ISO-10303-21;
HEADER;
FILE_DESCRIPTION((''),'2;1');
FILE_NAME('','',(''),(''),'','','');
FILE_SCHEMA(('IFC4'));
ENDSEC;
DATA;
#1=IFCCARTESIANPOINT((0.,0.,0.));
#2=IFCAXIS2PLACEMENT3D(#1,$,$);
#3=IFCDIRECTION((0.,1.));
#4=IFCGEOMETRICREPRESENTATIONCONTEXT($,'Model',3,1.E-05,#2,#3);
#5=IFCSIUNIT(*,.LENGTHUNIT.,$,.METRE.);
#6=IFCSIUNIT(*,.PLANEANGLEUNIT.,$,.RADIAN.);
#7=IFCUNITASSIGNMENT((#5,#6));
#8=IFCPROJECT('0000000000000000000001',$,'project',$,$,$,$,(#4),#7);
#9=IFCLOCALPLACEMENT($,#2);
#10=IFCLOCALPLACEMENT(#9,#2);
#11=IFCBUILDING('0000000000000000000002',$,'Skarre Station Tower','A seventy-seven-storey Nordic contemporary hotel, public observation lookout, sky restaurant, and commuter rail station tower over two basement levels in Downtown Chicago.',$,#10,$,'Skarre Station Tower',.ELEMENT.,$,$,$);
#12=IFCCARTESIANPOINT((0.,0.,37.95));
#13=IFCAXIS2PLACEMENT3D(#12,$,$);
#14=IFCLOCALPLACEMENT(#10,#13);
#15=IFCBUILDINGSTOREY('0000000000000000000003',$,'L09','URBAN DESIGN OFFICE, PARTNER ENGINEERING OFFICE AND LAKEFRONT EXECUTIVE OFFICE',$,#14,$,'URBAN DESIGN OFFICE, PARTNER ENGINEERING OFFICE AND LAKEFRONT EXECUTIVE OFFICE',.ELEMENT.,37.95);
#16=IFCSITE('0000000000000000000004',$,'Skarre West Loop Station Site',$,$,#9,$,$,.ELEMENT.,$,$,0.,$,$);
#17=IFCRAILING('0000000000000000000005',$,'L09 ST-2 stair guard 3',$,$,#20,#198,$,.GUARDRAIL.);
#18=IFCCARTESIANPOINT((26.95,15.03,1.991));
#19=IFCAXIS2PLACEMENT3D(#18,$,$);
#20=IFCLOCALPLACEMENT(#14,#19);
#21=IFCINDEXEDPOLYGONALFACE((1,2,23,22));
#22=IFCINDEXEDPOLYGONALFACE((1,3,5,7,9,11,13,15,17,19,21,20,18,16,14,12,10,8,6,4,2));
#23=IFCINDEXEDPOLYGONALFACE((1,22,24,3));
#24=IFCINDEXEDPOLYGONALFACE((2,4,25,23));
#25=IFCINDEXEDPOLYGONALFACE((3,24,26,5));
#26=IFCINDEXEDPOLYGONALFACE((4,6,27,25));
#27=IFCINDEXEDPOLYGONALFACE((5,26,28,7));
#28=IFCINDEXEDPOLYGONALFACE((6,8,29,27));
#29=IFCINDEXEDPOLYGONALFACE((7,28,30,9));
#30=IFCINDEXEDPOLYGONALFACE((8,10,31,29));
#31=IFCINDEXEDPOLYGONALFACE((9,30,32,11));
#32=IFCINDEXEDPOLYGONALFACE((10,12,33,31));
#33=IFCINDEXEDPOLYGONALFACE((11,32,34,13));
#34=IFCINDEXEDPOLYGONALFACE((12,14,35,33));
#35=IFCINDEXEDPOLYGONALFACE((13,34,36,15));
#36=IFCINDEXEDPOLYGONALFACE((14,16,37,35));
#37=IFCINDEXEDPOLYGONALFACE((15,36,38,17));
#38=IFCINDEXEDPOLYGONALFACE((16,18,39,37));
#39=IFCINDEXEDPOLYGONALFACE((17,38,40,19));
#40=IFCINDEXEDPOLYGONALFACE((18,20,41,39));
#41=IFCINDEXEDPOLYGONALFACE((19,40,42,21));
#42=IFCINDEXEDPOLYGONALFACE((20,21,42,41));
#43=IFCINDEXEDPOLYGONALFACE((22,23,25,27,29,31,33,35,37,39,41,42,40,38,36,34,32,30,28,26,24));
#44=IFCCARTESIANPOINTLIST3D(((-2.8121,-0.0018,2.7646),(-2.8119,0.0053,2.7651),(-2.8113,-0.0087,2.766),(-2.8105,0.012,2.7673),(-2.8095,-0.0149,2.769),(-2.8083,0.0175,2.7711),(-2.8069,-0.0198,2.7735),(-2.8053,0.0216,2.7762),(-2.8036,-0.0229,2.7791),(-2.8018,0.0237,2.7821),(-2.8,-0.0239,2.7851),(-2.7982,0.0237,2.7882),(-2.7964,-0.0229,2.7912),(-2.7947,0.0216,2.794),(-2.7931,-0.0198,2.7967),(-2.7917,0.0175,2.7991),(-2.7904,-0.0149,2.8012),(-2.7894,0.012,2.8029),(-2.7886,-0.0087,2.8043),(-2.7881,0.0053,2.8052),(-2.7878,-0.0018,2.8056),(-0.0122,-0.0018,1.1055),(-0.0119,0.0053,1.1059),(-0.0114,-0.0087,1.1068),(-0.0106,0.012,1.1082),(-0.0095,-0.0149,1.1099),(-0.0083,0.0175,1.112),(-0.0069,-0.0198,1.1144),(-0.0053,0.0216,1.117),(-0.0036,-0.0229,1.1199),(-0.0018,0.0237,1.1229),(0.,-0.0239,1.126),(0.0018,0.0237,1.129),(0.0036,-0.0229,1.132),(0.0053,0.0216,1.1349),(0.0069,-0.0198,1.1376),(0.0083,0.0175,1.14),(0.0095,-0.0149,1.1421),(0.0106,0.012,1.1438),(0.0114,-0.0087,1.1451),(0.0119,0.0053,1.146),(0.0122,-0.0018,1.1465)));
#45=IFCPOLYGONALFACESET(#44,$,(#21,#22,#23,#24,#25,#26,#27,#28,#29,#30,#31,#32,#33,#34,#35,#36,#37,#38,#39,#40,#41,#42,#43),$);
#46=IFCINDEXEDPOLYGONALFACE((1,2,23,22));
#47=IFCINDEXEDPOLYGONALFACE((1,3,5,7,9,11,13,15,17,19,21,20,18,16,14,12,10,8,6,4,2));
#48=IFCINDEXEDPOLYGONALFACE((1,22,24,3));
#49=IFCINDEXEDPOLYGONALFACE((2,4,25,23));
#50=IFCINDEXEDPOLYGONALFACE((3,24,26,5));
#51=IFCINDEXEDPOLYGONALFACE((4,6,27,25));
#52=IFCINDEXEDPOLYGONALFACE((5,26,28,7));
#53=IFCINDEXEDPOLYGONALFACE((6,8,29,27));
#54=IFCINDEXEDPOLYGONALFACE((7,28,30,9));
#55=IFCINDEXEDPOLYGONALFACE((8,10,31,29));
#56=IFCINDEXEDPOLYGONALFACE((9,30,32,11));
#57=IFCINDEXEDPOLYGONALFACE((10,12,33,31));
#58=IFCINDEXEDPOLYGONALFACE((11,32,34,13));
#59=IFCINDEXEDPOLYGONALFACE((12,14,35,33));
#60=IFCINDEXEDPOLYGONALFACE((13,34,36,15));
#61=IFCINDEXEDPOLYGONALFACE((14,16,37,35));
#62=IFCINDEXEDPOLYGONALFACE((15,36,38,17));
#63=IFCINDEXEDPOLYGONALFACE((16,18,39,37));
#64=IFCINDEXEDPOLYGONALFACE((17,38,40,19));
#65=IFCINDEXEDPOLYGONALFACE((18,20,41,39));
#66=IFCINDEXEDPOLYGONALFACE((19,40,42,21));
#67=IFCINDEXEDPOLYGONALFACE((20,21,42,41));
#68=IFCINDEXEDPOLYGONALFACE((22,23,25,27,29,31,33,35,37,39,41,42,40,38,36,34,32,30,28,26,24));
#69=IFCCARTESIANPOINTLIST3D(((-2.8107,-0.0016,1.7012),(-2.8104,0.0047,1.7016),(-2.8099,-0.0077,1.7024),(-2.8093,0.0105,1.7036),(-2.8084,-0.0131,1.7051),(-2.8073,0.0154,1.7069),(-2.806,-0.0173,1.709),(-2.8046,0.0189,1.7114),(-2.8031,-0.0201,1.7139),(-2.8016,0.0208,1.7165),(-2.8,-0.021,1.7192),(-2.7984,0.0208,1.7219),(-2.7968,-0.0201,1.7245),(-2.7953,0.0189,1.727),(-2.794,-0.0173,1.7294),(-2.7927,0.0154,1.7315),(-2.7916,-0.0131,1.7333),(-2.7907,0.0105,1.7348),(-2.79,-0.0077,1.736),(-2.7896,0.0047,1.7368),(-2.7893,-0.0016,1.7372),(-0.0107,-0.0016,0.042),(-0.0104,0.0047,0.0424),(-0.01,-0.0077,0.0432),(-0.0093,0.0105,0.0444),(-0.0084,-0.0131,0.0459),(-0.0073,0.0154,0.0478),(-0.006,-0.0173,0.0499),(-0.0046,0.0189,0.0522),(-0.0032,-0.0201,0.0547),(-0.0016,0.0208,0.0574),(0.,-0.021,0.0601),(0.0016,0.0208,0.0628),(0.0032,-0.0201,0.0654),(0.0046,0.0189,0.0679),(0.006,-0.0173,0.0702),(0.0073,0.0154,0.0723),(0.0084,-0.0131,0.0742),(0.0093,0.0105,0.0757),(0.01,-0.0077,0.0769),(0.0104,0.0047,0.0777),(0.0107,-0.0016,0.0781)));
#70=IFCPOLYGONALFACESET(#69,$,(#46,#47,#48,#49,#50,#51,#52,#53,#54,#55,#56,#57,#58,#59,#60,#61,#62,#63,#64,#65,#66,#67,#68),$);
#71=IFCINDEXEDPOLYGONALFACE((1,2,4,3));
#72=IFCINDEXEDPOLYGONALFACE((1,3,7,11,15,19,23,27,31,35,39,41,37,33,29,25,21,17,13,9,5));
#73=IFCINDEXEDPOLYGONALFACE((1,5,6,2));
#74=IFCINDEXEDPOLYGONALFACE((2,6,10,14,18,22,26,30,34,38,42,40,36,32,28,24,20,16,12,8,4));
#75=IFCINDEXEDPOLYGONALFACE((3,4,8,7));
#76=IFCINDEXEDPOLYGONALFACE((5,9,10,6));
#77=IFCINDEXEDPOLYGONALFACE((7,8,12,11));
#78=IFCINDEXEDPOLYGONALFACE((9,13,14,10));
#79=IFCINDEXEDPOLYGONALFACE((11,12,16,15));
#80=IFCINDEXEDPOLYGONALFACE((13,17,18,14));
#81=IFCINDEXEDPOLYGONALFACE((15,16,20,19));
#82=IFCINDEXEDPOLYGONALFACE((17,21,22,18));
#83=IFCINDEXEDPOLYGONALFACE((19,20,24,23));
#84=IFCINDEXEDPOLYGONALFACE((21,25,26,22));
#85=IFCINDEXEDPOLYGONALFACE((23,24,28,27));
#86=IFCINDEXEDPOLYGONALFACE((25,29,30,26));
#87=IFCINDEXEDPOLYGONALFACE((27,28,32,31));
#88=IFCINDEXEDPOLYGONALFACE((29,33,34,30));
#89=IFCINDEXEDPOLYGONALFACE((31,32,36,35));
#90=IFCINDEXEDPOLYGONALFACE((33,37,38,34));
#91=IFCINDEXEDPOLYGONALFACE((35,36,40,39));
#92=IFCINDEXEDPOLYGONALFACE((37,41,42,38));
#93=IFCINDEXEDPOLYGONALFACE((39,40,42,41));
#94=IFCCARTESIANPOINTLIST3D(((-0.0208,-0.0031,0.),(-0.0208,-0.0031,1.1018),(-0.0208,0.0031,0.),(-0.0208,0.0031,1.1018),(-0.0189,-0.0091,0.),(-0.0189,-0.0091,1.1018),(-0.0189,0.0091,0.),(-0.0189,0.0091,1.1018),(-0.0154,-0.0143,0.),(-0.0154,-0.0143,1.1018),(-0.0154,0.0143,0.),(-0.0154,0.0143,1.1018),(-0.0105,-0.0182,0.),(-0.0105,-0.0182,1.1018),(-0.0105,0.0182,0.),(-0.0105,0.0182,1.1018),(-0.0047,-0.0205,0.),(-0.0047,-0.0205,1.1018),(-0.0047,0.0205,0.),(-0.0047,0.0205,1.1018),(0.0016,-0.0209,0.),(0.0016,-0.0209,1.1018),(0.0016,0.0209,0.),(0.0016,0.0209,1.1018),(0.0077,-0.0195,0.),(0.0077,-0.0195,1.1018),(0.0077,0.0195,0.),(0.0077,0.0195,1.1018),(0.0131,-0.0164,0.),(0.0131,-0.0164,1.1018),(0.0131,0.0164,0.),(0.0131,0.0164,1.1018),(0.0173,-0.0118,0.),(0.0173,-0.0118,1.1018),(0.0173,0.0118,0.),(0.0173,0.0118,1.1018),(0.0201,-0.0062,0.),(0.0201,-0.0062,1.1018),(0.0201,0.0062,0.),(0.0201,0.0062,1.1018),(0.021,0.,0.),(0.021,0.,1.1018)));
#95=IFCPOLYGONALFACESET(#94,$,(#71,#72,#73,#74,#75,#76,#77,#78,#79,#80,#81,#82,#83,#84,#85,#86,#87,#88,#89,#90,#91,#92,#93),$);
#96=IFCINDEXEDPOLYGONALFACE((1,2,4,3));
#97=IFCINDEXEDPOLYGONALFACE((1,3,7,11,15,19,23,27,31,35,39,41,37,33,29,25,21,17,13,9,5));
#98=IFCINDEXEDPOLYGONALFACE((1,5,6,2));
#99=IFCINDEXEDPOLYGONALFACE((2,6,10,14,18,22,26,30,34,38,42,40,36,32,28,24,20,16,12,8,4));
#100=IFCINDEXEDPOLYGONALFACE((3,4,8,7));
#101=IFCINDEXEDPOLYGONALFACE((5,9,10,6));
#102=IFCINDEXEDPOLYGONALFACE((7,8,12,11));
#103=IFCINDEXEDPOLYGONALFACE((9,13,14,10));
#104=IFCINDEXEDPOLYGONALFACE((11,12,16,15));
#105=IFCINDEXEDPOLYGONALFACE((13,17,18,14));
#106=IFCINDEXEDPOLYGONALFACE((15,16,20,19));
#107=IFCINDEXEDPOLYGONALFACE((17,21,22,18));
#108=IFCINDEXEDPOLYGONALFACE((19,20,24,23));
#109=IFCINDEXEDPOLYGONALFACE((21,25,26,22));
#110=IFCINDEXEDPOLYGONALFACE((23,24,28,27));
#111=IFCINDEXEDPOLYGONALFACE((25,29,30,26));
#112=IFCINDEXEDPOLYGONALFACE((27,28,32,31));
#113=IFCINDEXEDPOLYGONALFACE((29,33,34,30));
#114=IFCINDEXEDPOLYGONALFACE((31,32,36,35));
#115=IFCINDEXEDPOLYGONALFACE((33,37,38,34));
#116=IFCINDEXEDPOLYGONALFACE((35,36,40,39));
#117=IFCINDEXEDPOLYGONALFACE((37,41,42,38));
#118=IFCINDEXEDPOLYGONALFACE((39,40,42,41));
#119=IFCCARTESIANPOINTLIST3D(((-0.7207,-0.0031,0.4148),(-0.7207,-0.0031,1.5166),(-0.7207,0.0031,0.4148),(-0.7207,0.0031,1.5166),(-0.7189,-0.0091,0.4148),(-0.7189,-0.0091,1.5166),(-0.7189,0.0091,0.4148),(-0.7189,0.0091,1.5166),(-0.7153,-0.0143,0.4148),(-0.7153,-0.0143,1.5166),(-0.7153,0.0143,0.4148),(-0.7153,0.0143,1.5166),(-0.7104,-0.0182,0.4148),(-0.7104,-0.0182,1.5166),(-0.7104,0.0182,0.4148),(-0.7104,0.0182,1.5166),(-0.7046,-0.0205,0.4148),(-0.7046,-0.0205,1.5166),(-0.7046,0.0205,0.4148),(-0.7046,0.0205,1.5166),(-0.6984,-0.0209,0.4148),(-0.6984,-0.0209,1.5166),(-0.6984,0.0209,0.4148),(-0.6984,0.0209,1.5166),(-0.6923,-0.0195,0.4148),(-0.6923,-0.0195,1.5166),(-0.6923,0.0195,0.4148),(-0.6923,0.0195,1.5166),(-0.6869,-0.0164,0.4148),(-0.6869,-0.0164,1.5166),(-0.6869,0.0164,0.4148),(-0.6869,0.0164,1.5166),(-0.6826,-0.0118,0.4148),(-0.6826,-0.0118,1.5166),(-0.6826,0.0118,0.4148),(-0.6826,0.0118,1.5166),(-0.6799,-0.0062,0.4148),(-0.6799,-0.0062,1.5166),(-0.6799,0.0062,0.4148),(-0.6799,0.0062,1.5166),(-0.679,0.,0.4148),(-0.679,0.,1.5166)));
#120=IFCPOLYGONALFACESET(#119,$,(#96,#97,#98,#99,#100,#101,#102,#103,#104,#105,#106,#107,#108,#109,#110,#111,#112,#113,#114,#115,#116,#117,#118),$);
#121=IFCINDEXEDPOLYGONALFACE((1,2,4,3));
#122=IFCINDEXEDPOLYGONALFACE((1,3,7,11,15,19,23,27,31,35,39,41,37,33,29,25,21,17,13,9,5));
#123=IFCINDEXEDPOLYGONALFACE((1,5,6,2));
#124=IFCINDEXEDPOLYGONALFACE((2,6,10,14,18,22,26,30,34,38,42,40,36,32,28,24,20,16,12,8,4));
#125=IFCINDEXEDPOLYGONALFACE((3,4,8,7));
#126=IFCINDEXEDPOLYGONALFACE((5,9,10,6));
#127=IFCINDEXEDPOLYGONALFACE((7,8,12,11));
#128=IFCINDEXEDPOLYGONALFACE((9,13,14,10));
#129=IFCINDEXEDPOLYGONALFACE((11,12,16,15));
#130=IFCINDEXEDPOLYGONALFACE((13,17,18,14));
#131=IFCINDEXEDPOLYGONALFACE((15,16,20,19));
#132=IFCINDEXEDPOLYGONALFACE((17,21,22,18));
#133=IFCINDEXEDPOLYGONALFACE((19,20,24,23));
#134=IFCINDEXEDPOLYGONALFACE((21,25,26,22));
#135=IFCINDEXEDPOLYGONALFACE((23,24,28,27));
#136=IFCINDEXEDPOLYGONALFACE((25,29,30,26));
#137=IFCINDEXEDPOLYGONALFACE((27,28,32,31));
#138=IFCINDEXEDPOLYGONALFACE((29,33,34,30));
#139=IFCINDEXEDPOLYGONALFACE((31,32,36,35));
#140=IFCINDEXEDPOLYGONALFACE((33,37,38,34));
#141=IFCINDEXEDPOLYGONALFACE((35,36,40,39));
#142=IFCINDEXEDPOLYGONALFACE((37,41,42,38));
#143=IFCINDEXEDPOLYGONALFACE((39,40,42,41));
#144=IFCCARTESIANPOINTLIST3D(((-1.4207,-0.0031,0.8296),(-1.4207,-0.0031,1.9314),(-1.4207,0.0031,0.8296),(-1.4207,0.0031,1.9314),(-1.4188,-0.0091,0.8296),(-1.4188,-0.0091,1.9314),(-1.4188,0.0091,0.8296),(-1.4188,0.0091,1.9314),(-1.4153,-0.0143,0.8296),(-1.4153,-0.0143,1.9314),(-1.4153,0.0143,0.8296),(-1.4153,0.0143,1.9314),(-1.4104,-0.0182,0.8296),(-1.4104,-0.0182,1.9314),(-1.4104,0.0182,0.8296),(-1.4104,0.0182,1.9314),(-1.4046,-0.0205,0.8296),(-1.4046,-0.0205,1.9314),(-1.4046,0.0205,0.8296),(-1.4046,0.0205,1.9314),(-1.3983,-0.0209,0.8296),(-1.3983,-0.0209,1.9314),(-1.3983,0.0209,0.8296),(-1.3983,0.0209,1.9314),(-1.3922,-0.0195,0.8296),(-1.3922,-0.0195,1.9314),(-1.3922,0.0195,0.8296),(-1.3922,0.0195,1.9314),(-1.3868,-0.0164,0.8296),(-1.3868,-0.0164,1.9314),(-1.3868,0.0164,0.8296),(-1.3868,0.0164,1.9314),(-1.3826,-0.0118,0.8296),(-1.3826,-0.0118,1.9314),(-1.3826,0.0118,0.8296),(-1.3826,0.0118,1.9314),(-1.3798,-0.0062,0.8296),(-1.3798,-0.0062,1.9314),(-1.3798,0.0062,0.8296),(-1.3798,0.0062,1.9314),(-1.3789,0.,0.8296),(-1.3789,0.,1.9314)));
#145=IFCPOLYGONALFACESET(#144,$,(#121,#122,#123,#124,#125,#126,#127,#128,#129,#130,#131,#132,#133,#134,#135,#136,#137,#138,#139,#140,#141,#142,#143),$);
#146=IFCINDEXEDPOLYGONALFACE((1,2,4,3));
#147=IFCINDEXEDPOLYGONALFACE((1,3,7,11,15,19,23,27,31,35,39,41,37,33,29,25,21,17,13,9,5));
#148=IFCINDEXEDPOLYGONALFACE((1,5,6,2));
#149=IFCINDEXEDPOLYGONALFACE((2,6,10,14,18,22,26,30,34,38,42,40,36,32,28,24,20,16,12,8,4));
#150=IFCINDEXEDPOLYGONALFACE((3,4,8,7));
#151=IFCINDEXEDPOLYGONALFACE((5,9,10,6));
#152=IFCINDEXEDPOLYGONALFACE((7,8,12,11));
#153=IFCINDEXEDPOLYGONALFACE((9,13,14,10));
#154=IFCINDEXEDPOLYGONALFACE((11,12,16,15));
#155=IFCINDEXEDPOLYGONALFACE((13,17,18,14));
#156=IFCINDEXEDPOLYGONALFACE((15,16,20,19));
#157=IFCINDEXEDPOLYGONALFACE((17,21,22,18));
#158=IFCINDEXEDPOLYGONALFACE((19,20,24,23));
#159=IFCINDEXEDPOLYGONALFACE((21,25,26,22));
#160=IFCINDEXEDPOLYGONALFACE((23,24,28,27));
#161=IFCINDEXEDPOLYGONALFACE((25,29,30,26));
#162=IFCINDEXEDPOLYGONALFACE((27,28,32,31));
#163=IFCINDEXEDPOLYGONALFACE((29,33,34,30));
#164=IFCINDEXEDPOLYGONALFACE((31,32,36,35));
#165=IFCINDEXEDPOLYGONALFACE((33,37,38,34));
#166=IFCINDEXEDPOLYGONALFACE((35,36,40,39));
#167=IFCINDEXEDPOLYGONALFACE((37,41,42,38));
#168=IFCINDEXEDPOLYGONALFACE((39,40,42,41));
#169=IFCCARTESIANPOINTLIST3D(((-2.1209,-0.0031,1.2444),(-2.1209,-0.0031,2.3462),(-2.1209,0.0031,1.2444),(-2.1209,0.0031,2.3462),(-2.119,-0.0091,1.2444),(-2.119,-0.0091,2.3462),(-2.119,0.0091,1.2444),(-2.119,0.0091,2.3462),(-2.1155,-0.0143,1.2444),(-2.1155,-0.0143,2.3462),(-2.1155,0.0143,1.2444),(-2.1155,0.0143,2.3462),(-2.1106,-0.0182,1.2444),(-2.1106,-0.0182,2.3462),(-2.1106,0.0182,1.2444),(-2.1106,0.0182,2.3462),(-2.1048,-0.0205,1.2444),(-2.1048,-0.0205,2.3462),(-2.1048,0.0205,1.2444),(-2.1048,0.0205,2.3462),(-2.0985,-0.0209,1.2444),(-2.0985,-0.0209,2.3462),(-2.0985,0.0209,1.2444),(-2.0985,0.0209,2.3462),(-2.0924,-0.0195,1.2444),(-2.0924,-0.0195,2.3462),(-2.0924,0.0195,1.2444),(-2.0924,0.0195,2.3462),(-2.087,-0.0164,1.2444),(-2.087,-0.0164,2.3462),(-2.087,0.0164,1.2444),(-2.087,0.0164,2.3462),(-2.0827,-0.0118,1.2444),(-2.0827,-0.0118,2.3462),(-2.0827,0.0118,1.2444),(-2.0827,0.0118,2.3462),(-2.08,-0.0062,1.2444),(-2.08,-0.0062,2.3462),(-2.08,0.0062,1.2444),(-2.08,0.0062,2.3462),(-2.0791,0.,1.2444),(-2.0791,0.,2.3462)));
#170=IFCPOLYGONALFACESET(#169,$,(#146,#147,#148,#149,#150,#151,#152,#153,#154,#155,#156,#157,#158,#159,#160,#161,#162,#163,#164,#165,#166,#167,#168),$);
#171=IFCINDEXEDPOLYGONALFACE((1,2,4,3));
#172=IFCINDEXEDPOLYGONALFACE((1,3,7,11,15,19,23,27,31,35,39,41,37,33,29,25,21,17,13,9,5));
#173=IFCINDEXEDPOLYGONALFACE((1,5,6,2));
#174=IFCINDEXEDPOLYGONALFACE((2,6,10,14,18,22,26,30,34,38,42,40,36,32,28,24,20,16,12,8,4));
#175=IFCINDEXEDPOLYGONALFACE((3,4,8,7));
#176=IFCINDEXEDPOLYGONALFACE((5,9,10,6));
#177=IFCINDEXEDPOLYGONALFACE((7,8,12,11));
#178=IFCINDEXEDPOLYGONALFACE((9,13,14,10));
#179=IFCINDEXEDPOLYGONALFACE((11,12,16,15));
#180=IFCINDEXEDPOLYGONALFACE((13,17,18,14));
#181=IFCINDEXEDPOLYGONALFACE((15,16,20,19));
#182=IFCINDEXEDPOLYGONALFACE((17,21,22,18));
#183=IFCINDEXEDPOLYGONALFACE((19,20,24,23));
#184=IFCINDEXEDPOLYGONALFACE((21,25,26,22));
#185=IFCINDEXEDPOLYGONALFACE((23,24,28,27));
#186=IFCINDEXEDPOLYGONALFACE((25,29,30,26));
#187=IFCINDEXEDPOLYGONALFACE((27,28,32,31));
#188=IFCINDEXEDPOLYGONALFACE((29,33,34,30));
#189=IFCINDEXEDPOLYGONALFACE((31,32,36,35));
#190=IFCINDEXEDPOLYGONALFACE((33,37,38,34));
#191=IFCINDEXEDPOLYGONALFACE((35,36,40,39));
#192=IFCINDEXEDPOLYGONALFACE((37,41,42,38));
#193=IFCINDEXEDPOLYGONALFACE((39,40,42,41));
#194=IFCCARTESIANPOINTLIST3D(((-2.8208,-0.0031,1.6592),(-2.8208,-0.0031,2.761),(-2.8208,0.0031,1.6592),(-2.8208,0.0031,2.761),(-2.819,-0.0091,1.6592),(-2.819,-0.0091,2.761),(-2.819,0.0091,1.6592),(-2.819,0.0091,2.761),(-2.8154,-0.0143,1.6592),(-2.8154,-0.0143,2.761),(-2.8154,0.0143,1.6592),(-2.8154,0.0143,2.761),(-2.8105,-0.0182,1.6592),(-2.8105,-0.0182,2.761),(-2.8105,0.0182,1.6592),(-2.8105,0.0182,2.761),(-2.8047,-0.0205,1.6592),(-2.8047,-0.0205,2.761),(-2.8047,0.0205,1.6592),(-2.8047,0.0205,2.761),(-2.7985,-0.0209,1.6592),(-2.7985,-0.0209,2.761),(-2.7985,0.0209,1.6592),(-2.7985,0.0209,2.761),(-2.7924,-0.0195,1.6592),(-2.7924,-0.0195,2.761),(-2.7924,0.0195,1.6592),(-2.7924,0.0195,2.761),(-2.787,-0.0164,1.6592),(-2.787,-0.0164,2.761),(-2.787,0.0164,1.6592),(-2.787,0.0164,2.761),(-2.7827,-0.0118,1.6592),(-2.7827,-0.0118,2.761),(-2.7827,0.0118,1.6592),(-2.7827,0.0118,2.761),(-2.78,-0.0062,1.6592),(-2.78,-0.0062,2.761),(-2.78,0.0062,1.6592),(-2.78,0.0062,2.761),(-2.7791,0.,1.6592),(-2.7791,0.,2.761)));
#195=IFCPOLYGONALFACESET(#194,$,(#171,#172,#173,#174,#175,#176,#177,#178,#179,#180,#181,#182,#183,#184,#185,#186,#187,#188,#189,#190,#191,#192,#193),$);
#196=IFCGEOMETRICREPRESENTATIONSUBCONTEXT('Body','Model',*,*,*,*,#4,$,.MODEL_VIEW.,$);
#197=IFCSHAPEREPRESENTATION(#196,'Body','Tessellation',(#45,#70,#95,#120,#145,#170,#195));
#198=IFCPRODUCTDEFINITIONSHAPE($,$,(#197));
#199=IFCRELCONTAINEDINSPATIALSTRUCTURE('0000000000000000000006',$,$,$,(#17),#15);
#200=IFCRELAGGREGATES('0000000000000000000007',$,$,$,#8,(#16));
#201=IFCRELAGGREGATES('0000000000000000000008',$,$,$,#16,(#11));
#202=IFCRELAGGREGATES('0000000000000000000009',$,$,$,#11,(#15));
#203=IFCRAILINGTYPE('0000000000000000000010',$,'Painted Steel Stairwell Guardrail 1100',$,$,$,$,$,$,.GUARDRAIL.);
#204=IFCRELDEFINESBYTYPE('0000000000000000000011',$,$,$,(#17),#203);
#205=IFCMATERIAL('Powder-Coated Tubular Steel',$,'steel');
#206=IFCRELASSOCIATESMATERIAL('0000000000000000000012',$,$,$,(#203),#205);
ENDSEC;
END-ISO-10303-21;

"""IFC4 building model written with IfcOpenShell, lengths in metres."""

from ifc_helpers import new_model, si_unit, direction, frame, origin, origin_2d, place, context, subcontext, project, spatial, circle, extrude, material, type_object, element, save


model = new_model("IFC4")

# Units and contexts
model_context = context("Model", 3, precision=1e-05, world=origin(), true_north=direction((0.0, 1.0)))
body_context = subcontext(model_context, "Body", "Model", "MODEL_VIEW")
ifc_project = project(units=[si_unit("LENGTHUNIT", "METRE"), si_unit("PLANEANGLEUNIT", "RADIAN")], contexts=[model_context])

# Site, building, storey
site_placement = place(None, origin())
site = spatial("IfcSite", under=ifc_project, at=site_placement, Name="Skarre West Loop Station Site", CompositionType="ELEMENT", RefElevation=0.0)
building_placement = place(site_placement, origin())
building = spatial("IfcBuilding", under=site, at=building_placement, Name="Skarre Station Tower", Description="A seventy-seven-storey Nordic contemporary hotel, public observation lookout, sky restaurant, and commuter rail station tower over two basement levels in Downtown Chicago.", LongName="Skarre Station Tower", CompositionType="ELEMENT")
storey_placement = place(building_placement, frame((0.0, 0.0, 37.95)))
storey = spatial("IfcBuildingStorey", under=building, at=storey_placement, Name="L09", Description="URBAN DESIGN OFFICE, PARTNER ENGINEERING OFFICE AND LAKEFRONT EXECUTIVE OFFICE", LongName="URBAN DESIGN OFFICE, PARTNER ENGINEERING OFFICE AND LAKEFRONT EXECUTIVE OFFICE", CompositionType="ELEMENT", Elevation=37.95)

# Railing
ifc_material_1 = material(Name="Powder-Coated Tubular Steel", Category="steel")
railing_type_1 = type_object("IfcRailingType", Name="Painted Steel Stairwell Guardrail 1100", PredefinedType="GUARDRAIL", material=ifc_material_1)
railing_1_placement = place(storey_placement, frame((26.95, 15.03, 1.991)))
element("IfcRailing", 1, at=railing_1_placement, inside=storey, type_object=railing_type_1, Name="L09 ST-2 stair guard 3", PredefinedType="GUARDRAIL", context=body_context, shape_type="SweptSolid", body=[
    extrude(circle(Radius=0.0239, at=origin_2d()), frame((0.0, 0.0, 1.126), z_axis=(-0.860306, 0.0, 0.509778), x_axis=(0.0, -1.0, 0.0)), (0.0, 0.0, 1.0), 3.2546),
    extrude(circle(Radius=0.021, at=origin_2d()), frame((0.0, 0.0, 0.0601), z_axis=(-0.860306, 0.0, 0.509778), x_axis=(0.0, -1.0, 0.0)), (0.0, 0.0, 1.0), 3.2546),
    extrude(circle(Radius=0.021, at=origin_2d()), origin(), (0.0, 0.0, 1.0), 1.1018),
    extrude(circle(Radius=0.021, at=origin_2d()), frame((-0.7, 0.0, 0.4148)), (0.0, 0.0, 1.0), 1.1018),
    extrude(circle(Radius=0.021, at=origin_2d()), frame((-1.3999, 0.0, 0.8296)), (0.0, 0.0, 1.0), 1.1018),
    extrude(circle(Radius=0.021, at=origin_2d()), frame((-2.1001, 0.0, 1.2444)), (0.0, 0.0, 1.0), 1.1018),
    extrude(circle(Radius=0.021, at=origin_2d()), frame((-2.8, 0.0, 1.6592)), (0.0, 0.0, 1.0), 1.1018),
])

save(model, "model.ifc")
